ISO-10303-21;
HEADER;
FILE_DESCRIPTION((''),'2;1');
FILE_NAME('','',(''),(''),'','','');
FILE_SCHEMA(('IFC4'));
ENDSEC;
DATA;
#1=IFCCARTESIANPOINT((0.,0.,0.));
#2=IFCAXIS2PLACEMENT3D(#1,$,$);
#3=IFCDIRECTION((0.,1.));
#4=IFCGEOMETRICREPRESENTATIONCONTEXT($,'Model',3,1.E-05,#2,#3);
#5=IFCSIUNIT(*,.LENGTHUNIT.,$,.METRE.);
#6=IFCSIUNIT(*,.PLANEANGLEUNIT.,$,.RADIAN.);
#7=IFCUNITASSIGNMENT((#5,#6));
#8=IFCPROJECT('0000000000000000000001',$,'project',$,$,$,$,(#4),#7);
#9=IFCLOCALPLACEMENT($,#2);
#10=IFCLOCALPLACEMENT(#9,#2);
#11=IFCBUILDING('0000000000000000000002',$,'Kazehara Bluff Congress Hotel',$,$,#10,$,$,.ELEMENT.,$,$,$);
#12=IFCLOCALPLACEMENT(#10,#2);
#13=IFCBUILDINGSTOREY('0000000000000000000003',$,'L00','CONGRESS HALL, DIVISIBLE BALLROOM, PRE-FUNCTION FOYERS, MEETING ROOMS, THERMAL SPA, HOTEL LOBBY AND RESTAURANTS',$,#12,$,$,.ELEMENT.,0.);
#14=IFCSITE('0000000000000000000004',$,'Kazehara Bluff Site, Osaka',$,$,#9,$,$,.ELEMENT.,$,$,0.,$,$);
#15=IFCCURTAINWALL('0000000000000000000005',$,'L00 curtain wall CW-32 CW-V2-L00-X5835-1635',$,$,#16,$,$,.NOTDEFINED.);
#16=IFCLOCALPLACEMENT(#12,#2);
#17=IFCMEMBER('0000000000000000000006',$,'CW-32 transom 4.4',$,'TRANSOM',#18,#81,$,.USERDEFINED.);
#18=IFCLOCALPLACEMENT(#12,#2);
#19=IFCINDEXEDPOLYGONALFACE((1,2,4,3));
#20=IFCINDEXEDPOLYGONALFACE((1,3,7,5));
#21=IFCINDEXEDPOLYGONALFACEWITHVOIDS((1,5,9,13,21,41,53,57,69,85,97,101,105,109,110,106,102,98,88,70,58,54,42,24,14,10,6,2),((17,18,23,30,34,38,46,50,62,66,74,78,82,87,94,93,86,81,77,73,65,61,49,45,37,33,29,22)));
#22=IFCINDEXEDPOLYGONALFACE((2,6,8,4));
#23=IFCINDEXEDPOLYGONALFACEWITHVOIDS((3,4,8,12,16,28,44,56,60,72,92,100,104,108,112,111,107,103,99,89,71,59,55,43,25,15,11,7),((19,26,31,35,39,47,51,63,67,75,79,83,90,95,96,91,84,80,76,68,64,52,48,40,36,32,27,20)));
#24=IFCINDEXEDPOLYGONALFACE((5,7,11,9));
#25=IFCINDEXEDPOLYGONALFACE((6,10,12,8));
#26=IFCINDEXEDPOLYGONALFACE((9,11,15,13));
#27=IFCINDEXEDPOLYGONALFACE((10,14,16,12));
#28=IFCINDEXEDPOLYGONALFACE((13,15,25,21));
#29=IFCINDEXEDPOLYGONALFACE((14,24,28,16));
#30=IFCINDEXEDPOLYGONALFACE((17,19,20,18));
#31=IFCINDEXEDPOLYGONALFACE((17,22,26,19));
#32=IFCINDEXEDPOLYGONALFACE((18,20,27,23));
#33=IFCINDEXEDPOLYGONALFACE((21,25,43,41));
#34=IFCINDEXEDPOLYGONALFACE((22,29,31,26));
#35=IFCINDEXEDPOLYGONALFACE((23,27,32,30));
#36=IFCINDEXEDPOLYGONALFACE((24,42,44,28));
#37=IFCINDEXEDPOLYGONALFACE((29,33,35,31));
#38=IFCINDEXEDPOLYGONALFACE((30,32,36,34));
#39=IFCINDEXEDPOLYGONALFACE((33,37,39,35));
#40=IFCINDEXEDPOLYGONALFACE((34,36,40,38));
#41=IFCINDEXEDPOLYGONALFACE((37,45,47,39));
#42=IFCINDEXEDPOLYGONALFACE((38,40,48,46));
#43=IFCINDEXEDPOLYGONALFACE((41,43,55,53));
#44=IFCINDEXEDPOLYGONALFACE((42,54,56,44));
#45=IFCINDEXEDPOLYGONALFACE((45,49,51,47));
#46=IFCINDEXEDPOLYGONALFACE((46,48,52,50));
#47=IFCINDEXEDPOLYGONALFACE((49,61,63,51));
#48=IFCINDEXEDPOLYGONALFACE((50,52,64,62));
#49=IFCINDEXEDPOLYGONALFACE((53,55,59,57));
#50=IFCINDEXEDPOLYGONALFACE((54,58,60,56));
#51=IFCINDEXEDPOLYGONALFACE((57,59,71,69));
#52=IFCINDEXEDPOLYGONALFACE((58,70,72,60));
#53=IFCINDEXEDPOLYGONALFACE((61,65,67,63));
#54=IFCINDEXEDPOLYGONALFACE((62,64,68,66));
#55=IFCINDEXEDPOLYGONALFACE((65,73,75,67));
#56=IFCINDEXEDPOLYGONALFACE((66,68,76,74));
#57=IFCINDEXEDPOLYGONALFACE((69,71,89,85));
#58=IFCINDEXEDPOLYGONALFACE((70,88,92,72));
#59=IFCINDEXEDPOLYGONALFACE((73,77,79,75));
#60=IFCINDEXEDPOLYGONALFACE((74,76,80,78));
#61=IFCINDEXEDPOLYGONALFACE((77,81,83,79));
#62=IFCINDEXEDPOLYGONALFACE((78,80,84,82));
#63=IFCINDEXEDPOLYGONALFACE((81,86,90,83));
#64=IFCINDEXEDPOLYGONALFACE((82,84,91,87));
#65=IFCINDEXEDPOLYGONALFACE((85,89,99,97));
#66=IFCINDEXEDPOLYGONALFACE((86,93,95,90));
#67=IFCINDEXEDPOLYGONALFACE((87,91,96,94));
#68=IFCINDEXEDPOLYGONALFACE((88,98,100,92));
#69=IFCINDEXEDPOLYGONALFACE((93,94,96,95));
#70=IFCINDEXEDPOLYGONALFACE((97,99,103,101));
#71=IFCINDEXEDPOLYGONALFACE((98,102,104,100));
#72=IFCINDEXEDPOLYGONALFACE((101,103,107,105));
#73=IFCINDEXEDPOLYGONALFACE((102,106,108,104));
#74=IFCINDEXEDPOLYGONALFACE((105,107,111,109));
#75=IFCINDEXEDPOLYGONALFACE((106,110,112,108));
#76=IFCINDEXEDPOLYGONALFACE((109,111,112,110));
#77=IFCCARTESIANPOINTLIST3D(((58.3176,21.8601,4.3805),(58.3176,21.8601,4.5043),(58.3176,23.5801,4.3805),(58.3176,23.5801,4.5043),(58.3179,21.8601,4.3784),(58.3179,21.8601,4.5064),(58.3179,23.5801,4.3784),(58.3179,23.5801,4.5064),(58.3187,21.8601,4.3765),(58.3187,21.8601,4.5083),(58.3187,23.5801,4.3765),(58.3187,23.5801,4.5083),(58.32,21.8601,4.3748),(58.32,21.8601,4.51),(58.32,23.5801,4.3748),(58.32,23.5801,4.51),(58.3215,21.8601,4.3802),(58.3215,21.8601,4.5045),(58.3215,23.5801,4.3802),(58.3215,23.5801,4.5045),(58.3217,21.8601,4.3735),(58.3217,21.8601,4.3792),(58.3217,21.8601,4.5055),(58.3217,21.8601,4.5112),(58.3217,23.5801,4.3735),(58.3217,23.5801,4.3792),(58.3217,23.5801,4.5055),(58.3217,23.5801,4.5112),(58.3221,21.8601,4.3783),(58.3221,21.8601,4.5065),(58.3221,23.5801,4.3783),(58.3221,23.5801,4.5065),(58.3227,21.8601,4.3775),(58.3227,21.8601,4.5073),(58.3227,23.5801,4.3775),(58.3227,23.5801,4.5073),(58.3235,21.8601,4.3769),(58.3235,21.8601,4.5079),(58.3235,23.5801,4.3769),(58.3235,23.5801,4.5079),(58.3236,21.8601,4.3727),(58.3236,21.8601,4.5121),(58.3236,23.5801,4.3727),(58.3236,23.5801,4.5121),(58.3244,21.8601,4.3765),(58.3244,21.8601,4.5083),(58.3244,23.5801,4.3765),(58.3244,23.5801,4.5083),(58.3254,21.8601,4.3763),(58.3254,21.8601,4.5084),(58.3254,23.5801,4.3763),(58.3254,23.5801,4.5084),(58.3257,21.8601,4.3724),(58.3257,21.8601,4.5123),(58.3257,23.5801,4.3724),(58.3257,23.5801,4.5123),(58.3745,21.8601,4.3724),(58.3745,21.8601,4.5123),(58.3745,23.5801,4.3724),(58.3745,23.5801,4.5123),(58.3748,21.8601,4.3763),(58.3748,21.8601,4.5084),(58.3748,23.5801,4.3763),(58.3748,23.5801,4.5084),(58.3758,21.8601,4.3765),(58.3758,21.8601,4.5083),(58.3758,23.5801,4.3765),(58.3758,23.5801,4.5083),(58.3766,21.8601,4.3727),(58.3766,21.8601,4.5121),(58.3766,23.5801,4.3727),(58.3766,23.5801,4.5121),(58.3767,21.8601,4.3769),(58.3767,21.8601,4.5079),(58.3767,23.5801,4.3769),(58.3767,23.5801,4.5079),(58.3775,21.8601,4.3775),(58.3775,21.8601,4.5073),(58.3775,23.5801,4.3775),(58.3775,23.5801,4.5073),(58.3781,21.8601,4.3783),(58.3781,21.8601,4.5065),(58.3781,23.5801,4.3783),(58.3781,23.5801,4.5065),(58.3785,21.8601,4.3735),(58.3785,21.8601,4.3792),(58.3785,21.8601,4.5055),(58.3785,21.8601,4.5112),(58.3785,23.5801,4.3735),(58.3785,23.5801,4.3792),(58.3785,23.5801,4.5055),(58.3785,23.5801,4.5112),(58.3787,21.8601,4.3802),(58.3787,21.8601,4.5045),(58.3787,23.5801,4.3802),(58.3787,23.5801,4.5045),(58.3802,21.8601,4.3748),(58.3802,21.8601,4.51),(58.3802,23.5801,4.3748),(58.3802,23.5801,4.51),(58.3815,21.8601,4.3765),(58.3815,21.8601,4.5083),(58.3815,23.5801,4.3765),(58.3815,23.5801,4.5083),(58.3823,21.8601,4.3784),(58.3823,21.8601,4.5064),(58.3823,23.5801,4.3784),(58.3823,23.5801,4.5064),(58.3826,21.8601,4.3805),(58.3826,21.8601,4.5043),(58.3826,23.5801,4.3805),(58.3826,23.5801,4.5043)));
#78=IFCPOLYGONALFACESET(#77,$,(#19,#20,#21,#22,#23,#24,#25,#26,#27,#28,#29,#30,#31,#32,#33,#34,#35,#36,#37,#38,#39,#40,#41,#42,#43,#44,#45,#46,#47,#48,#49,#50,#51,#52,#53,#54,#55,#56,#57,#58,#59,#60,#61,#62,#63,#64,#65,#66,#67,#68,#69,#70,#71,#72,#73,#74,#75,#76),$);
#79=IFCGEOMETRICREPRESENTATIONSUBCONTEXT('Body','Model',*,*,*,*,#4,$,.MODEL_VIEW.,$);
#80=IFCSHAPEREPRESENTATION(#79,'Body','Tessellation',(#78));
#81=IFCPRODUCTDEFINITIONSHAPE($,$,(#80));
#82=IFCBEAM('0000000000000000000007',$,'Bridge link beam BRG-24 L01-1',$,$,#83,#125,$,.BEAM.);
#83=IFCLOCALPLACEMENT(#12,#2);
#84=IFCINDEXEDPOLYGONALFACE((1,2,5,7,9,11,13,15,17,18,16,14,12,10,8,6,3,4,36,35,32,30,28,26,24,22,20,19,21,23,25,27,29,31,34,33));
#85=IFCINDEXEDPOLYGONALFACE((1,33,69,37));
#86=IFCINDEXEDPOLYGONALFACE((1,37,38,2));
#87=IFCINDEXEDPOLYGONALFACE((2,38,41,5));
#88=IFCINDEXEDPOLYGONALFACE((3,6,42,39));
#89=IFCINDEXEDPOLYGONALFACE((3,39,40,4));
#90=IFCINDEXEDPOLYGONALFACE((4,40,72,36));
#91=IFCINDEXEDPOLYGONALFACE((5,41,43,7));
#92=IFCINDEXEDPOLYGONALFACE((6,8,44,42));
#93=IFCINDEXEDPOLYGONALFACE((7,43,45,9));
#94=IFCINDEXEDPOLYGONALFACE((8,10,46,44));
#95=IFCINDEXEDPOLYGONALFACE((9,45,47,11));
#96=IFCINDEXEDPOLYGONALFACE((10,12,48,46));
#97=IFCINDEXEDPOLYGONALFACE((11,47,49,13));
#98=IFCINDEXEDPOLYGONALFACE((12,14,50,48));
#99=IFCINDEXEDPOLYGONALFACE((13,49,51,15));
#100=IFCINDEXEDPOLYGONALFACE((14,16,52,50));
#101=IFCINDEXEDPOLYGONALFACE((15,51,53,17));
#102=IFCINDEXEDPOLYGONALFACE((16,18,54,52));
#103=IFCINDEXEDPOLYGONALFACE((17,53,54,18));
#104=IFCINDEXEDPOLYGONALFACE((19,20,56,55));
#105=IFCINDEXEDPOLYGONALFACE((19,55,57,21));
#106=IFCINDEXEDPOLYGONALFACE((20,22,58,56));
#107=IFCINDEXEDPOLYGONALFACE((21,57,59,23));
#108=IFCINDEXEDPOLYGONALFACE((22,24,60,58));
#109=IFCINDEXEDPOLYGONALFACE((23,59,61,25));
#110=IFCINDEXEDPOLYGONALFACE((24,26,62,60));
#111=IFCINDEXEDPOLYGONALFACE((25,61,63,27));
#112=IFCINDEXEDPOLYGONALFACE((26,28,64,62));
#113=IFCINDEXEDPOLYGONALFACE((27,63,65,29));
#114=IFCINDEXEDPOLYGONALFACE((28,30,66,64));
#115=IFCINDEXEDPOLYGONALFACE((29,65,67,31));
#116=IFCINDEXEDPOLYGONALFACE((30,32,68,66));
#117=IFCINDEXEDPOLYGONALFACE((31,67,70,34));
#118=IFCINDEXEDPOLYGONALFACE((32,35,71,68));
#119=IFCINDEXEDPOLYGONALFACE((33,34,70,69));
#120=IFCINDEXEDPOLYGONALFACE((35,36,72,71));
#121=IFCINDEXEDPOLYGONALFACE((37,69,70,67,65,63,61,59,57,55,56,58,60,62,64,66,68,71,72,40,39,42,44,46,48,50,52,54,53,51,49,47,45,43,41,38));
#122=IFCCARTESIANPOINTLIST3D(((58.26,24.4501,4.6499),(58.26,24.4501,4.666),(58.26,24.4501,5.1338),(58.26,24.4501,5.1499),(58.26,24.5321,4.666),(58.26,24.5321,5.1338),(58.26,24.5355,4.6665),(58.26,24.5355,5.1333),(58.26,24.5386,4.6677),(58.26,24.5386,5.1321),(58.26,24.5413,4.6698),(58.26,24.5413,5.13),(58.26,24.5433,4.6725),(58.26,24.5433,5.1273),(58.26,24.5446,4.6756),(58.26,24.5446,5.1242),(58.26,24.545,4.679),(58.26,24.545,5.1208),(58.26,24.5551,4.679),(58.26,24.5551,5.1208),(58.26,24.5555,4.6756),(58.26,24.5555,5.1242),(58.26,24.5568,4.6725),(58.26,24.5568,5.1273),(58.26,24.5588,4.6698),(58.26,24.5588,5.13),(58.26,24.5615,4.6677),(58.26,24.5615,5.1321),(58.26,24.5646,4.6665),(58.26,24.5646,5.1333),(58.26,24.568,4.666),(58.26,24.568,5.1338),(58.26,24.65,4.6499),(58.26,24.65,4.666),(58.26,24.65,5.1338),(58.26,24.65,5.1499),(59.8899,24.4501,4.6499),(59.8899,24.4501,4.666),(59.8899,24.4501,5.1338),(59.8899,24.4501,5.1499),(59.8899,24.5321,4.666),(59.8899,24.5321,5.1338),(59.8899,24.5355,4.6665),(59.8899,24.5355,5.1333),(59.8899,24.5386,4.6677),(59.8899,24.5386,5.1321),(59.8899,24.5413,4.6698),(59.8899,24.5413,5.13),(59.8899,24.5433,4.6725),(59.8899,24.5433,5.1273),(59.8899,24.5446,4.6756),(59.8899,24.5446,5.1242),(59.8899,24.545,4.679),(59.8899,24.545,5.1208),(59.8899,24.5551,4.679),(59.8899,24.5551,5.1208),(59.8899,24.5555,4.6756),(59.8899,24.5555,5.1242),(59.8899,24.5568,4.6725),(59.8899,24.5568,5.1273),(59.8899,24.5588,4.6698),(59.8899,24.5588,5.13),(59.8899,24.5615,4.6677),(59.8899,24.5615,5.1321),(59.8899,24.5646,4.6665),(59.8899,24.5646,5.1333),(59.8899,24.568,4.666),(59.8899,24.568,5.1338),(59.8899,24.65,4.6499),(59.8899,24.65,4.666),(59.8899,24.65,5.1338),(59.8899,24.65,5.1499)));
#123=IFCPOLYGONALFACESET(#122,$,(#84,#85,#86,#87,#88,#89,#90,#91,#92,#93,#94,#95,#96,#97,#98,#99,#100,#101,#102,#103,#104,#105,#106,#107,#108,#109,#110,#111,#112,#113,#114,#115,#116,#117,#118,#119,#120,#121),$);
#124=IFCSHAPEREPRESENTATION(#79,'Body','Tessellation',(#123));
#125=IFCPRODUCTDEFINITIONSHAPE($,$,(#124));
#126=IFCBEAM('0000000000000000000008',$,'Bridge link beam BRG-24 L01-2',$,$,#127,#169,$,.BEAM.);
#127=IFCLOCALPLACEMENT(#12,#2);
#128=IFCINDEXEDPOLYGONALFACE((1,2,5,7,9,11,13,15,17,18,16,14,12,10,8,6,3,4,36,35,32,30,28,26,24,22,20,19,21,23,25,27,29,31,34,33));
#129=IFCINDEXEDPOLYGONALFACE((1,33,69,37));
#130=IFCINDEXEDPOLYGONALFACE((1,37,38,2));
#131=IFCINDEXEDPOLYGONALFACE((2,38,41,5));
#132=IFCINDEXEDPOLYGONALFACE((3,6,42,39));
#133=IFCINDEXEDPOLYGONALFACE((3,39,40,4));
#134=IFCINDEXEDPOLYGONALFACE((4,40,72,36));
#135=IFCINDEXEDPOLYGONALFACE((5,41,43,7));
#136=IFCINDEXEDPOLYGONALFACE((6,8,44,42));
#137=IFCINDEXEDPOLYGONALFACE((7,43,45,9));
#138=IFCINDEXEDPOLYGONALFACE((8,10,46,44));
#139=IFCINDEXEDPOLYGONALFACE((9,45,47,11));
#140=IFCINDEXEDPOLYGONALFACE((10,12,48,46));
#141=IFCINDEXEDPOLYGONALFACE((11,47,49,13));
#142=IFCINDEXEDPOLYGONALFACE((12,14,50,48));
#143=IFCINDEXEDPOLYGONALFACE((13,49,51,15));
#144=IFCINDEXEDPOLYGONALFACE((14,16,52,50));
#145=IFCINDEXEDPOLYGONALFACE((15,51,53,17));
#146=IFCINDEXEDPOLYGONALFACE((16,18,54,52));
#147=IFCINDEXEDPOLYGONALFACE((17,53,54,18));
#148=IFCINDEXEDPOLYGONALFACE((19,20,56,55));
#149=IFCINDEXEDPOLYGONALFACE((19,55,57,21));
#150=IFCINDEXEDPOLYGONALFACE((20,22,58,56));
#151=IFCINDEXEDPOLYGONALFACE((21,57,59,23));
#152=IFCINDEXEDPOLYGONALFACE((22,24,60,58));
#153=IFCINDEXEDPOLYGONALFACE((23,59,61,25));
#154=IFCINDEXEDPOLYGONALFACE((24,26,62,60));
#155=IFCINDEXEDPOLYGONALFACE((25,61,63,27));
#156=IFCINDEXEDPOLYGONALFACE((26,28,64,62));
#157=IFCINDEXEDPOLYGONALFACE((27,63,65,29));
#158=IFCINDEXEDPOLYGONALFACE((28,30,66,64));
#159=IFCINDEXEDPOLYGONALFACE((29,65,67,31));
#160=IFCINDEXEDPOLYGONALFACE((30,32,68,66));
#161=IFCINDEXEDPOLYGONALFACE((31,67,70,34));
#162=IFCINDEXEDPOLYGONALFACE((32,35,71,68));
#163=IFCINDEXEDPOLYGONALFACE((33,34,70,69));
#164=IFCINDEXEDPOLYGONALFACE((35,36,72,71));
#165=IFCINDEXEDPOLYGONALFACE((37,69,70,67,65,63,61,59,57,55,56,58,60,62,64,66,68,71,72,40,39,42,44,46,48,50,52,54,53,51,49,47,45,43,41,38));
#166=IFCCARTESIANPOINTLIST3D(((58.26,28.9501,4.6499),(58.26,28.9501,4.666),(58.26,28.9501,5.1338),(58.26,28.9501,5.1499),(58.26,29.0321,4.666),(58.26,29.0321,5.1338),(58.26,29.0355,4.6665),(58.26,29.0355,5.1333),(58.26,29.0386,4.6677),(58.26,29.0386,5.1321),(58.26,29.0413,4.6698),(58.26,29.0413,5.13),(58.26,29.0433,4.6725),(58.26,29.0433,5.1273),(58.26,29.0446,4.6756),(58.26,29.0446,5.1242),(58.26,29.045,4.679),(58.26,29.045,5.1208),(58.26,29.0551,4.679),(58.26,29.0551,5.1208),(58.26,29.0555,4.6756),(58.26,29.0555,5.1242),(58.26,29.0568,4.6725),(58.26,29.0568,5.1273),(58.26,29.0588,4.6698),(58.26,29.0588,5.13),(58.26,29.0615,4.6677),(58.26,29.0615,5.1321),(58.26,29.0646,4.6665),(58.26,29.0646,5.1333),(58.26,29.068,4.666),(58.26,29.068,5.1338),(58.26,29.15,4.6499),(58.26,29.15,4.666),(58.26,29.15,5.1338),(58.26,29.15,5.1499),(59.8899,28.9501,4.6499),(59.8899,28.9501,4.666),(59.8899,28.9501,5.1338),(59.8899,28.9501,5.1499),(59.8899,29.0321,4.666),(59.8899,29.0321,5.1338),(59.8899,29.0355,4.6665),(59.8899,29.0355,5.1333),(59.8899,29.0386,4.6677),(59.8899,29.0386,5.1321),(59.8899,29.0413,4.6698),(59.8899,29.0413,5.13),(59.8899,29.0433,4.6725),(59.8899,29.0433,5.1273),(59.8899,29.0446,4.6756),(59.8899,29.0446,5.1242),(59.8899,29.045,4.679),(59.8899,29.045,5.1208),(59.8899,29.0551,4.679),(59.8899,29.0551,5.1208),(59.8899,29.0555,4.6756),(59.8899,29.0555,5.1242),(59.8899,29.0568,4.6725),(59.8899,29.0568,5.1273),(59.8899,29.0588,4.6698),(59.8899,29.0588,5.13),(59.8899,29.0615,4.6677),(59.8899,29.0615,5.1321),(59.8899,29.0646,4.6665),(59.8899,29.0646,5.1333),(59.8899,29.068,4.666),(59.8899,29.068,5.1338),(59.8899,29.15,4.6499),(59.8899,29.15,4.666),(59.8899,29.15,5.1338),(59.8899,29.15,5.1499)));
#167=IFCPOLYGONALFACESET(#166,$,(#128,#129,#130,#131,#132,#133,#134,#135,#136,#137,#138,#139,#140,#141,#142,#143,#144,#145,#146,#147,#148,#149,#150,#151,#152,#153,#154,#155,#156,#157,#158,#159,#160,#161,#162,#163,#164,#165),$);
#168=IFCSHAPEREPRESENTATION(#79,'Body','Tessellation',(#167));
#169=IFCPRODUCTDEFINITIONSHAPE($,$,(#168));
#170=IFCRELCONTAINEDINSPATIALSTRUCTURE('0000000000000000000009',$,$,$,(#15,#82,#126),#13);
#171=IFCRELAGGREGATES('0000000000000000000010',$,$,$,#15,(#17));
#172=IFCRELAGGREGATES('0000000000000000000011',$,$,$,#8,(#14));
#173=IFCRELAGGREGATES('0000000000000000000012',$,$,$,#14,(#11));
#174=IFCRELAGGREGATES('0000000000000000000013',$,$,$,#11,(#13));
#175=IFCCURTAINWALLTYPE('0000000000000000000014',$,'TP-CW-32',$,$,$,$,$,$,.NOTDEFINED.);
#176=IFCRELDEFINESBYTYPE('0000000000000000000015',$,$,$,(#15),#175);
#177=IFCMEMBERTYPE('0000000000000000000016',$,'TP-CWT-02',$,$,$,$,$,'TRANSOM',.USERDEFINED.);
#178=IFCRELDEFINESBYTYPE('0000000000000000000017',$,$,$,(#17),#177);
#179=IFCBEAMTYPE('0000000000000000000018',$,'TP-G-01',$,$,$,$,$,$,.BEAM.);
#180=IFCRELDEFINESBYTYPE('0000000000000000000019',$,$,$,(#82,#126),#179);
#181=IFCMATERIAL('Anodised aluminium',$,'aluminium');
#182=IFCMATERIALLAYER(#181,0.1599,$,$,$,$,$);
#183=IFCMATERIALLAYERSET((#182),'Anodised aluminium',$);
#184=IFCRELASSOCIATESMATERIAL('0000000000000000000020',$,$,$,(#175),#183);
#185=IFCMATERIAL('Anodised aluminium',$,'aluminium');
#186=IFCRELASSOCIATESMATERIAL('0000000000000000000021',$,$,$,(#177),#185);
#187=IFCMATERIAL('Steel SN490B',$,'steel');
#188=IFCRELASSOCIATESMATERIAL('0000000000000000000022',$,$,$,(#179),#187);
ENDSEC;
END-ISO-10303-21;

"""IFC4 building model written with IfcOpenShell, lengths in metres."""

from ifc_helpers import new_model, si_unit, direction, frame, origin, origin_2d, place, context, subcontext, project, spatial, hollow_rectangle, i_section, extrude, material, layer, layer_set, material_profile, profile_set, type_object, element, aggregate, save


model = new_model("IFC4")

# Units and contexts
model_context = context("Model", 3, precision=1e-05, world=origin(), true_north=direction((0.0, 1.0)))
body_context = subcontext(model_context, "Body", "Model", "MODEL_VIEW")
ifc_project = project(units=[si_unit("LENGTHUNIT", "METRE"), si_unit("PLANEANGLEUNIT", "RADIAN")], contexts=[model_context])

# Site, building, storey
site_placement = place(None, origin())
site = spatial("IfcSite", under=ifc_project, at=site_placement, Name="Kazehara Bluff Site, Osaka", CompositionType="ELEMENT", RefElevation=0.0)
building_placement = place(site_placement, origin())
building = spatial("IfcBuilding", under=site, at=building_placement, Name="Kazehara Bluff Congress Hotel", CompositionType="ELEMENT")
storey_placement = place(building_placement, origin())
storey = spatial("IfcBuildingStorey", under=building, at=storey_placement, Name="L00", Description="CONGRESS HALL, DIVISIBLE BALLROOM, PRE-FUNCTION FOYERS, MEETING ROOMS, THERMAL SPA, HOTEL LOBBY AND RESTAURANTS", CompositionType="ELEMENT", Elevation=0.0)

# Curtain wall, member
ifc_material_1 = material(Name="Anodised aluminium", Category="aluminium")
ifc_layer_1 = layer(ifc_material_1, 0.1599)
ifc_layer_set_1 = layer_set([ifc_layer_1], Name="Anodised aluminium")
curtain_wall_type = type_object("IfcCurtainWallType", Name="TP-CW-32", PredefinedType="NOTDEFINED", material=ifc_layer_set_1)
curtain_wall_placement = place(storey_placement, origin())
curtain_wall = element("IfcCurtainWall", 1, at=curtain_wall_placement, inside=storey, type_object=curtain_wall_type, Name="L00 curtain wall CW-32 CW-V2-L00-X5835-1635", PredefinedType="NOTDEFINED")
ifc_material_2 = material(Name="Anodised aluminium", Category="aluminium")
ifc_material_profile_1 = material_profile(ifc_material_2, hollow_rectangle(XDim=0.0649, YDim=0.1399, WallThickness=0.0039, InnerFilletRadius=0.0039, OuterFilletRadius=0.0081, at=origin_2d()))
ifc_profile_set_1 = profile_set([ifc_material_profile_1], Name="Anodised aluminium")
member_type_1 = type_object("IfcMemberType", Name="TP-CWT-02", ElementType="TRANSOM", PredefinedType="USERDEFINED", material=ifc_profile_set_1)
member_1_placement = place(storey_placement, frame((58.3501, 21.8601, 4.4424), z_axis=(0.0, 1.0, 0.0), x_axis=(-1.0, 0.0, 0.0)))
member_1 = element("IfcMember", 2, at=member_1_placement, type_object=member_type_1, Name="CW-32 transom 4.4", ObjectType="TRANSOM", PredefinedType="USERDEFINED", context=body_context, shape_type="SweptSolid", body=[
    extrude(hollow_rectangle(XDim=0.0649, YDim=0.1399, WallThickness=0.0039, InnerFilletRadius=0.0039, OuterFilletRadius=0.0081, at=origin_2d()), origin(), (0.0, 0.0, 1.0), 1.72),
])

# Beams
ifc_material_3 = material(Name="Steel SN490B", Category="steel")
ifc_material_profile_2 = material_profile(ifc_material_3, i_section(OverallWidth=0.2, OverallDepth=0.5, WebThickness=0.01, FlangeThickness=0.0161, FilletRadius=0.0129, at=origin_2d()))
ifc_profile_set_2 = profile_set([ifc_material_profile_2], Name="Steel SN490B")
beam_type_1 = type_object("IfcBeamType", Name="TP-G-01", PredefinedType="BEAM", material=ifc_profile_set_2)
for number, where, z_axis, x_axis, name in (
    (3, (58.26, 24.55, 4.8999), (1.0, 0.0, 0.0), (0.0, 1.0, 0.0), "Bridge link beam BRG-24 L01-1"),
    (4, (58.26, 29.05, 4.8999), (1.0, 0.0, 0.0), (0.0, 1.0, 0.0), "Bridge link beam BRG-24 L01-2"),
):
    element("IfcBeam", number, at=place(storey_placement, frame(where, z_axis=z_axis, x_axis=x_axis)), inside=storey, type_object=beam_type_1, Name=name, PredefinedType="BEAM", context=body_context, shape_type="SweptSolid", body=[
        extrude(i_section(OverallWidth=0.2, OverallDepth=0.5, WebThickness=0.01, FlangeThickness=0.0161, FilletRadius=0.0129, at=origin_2d()), origin(), (0.0, 0.0, 1.0), 1.6299),
    ])

aggregate(curtain_wall, [member_1])

save(model, "model.ifc")
